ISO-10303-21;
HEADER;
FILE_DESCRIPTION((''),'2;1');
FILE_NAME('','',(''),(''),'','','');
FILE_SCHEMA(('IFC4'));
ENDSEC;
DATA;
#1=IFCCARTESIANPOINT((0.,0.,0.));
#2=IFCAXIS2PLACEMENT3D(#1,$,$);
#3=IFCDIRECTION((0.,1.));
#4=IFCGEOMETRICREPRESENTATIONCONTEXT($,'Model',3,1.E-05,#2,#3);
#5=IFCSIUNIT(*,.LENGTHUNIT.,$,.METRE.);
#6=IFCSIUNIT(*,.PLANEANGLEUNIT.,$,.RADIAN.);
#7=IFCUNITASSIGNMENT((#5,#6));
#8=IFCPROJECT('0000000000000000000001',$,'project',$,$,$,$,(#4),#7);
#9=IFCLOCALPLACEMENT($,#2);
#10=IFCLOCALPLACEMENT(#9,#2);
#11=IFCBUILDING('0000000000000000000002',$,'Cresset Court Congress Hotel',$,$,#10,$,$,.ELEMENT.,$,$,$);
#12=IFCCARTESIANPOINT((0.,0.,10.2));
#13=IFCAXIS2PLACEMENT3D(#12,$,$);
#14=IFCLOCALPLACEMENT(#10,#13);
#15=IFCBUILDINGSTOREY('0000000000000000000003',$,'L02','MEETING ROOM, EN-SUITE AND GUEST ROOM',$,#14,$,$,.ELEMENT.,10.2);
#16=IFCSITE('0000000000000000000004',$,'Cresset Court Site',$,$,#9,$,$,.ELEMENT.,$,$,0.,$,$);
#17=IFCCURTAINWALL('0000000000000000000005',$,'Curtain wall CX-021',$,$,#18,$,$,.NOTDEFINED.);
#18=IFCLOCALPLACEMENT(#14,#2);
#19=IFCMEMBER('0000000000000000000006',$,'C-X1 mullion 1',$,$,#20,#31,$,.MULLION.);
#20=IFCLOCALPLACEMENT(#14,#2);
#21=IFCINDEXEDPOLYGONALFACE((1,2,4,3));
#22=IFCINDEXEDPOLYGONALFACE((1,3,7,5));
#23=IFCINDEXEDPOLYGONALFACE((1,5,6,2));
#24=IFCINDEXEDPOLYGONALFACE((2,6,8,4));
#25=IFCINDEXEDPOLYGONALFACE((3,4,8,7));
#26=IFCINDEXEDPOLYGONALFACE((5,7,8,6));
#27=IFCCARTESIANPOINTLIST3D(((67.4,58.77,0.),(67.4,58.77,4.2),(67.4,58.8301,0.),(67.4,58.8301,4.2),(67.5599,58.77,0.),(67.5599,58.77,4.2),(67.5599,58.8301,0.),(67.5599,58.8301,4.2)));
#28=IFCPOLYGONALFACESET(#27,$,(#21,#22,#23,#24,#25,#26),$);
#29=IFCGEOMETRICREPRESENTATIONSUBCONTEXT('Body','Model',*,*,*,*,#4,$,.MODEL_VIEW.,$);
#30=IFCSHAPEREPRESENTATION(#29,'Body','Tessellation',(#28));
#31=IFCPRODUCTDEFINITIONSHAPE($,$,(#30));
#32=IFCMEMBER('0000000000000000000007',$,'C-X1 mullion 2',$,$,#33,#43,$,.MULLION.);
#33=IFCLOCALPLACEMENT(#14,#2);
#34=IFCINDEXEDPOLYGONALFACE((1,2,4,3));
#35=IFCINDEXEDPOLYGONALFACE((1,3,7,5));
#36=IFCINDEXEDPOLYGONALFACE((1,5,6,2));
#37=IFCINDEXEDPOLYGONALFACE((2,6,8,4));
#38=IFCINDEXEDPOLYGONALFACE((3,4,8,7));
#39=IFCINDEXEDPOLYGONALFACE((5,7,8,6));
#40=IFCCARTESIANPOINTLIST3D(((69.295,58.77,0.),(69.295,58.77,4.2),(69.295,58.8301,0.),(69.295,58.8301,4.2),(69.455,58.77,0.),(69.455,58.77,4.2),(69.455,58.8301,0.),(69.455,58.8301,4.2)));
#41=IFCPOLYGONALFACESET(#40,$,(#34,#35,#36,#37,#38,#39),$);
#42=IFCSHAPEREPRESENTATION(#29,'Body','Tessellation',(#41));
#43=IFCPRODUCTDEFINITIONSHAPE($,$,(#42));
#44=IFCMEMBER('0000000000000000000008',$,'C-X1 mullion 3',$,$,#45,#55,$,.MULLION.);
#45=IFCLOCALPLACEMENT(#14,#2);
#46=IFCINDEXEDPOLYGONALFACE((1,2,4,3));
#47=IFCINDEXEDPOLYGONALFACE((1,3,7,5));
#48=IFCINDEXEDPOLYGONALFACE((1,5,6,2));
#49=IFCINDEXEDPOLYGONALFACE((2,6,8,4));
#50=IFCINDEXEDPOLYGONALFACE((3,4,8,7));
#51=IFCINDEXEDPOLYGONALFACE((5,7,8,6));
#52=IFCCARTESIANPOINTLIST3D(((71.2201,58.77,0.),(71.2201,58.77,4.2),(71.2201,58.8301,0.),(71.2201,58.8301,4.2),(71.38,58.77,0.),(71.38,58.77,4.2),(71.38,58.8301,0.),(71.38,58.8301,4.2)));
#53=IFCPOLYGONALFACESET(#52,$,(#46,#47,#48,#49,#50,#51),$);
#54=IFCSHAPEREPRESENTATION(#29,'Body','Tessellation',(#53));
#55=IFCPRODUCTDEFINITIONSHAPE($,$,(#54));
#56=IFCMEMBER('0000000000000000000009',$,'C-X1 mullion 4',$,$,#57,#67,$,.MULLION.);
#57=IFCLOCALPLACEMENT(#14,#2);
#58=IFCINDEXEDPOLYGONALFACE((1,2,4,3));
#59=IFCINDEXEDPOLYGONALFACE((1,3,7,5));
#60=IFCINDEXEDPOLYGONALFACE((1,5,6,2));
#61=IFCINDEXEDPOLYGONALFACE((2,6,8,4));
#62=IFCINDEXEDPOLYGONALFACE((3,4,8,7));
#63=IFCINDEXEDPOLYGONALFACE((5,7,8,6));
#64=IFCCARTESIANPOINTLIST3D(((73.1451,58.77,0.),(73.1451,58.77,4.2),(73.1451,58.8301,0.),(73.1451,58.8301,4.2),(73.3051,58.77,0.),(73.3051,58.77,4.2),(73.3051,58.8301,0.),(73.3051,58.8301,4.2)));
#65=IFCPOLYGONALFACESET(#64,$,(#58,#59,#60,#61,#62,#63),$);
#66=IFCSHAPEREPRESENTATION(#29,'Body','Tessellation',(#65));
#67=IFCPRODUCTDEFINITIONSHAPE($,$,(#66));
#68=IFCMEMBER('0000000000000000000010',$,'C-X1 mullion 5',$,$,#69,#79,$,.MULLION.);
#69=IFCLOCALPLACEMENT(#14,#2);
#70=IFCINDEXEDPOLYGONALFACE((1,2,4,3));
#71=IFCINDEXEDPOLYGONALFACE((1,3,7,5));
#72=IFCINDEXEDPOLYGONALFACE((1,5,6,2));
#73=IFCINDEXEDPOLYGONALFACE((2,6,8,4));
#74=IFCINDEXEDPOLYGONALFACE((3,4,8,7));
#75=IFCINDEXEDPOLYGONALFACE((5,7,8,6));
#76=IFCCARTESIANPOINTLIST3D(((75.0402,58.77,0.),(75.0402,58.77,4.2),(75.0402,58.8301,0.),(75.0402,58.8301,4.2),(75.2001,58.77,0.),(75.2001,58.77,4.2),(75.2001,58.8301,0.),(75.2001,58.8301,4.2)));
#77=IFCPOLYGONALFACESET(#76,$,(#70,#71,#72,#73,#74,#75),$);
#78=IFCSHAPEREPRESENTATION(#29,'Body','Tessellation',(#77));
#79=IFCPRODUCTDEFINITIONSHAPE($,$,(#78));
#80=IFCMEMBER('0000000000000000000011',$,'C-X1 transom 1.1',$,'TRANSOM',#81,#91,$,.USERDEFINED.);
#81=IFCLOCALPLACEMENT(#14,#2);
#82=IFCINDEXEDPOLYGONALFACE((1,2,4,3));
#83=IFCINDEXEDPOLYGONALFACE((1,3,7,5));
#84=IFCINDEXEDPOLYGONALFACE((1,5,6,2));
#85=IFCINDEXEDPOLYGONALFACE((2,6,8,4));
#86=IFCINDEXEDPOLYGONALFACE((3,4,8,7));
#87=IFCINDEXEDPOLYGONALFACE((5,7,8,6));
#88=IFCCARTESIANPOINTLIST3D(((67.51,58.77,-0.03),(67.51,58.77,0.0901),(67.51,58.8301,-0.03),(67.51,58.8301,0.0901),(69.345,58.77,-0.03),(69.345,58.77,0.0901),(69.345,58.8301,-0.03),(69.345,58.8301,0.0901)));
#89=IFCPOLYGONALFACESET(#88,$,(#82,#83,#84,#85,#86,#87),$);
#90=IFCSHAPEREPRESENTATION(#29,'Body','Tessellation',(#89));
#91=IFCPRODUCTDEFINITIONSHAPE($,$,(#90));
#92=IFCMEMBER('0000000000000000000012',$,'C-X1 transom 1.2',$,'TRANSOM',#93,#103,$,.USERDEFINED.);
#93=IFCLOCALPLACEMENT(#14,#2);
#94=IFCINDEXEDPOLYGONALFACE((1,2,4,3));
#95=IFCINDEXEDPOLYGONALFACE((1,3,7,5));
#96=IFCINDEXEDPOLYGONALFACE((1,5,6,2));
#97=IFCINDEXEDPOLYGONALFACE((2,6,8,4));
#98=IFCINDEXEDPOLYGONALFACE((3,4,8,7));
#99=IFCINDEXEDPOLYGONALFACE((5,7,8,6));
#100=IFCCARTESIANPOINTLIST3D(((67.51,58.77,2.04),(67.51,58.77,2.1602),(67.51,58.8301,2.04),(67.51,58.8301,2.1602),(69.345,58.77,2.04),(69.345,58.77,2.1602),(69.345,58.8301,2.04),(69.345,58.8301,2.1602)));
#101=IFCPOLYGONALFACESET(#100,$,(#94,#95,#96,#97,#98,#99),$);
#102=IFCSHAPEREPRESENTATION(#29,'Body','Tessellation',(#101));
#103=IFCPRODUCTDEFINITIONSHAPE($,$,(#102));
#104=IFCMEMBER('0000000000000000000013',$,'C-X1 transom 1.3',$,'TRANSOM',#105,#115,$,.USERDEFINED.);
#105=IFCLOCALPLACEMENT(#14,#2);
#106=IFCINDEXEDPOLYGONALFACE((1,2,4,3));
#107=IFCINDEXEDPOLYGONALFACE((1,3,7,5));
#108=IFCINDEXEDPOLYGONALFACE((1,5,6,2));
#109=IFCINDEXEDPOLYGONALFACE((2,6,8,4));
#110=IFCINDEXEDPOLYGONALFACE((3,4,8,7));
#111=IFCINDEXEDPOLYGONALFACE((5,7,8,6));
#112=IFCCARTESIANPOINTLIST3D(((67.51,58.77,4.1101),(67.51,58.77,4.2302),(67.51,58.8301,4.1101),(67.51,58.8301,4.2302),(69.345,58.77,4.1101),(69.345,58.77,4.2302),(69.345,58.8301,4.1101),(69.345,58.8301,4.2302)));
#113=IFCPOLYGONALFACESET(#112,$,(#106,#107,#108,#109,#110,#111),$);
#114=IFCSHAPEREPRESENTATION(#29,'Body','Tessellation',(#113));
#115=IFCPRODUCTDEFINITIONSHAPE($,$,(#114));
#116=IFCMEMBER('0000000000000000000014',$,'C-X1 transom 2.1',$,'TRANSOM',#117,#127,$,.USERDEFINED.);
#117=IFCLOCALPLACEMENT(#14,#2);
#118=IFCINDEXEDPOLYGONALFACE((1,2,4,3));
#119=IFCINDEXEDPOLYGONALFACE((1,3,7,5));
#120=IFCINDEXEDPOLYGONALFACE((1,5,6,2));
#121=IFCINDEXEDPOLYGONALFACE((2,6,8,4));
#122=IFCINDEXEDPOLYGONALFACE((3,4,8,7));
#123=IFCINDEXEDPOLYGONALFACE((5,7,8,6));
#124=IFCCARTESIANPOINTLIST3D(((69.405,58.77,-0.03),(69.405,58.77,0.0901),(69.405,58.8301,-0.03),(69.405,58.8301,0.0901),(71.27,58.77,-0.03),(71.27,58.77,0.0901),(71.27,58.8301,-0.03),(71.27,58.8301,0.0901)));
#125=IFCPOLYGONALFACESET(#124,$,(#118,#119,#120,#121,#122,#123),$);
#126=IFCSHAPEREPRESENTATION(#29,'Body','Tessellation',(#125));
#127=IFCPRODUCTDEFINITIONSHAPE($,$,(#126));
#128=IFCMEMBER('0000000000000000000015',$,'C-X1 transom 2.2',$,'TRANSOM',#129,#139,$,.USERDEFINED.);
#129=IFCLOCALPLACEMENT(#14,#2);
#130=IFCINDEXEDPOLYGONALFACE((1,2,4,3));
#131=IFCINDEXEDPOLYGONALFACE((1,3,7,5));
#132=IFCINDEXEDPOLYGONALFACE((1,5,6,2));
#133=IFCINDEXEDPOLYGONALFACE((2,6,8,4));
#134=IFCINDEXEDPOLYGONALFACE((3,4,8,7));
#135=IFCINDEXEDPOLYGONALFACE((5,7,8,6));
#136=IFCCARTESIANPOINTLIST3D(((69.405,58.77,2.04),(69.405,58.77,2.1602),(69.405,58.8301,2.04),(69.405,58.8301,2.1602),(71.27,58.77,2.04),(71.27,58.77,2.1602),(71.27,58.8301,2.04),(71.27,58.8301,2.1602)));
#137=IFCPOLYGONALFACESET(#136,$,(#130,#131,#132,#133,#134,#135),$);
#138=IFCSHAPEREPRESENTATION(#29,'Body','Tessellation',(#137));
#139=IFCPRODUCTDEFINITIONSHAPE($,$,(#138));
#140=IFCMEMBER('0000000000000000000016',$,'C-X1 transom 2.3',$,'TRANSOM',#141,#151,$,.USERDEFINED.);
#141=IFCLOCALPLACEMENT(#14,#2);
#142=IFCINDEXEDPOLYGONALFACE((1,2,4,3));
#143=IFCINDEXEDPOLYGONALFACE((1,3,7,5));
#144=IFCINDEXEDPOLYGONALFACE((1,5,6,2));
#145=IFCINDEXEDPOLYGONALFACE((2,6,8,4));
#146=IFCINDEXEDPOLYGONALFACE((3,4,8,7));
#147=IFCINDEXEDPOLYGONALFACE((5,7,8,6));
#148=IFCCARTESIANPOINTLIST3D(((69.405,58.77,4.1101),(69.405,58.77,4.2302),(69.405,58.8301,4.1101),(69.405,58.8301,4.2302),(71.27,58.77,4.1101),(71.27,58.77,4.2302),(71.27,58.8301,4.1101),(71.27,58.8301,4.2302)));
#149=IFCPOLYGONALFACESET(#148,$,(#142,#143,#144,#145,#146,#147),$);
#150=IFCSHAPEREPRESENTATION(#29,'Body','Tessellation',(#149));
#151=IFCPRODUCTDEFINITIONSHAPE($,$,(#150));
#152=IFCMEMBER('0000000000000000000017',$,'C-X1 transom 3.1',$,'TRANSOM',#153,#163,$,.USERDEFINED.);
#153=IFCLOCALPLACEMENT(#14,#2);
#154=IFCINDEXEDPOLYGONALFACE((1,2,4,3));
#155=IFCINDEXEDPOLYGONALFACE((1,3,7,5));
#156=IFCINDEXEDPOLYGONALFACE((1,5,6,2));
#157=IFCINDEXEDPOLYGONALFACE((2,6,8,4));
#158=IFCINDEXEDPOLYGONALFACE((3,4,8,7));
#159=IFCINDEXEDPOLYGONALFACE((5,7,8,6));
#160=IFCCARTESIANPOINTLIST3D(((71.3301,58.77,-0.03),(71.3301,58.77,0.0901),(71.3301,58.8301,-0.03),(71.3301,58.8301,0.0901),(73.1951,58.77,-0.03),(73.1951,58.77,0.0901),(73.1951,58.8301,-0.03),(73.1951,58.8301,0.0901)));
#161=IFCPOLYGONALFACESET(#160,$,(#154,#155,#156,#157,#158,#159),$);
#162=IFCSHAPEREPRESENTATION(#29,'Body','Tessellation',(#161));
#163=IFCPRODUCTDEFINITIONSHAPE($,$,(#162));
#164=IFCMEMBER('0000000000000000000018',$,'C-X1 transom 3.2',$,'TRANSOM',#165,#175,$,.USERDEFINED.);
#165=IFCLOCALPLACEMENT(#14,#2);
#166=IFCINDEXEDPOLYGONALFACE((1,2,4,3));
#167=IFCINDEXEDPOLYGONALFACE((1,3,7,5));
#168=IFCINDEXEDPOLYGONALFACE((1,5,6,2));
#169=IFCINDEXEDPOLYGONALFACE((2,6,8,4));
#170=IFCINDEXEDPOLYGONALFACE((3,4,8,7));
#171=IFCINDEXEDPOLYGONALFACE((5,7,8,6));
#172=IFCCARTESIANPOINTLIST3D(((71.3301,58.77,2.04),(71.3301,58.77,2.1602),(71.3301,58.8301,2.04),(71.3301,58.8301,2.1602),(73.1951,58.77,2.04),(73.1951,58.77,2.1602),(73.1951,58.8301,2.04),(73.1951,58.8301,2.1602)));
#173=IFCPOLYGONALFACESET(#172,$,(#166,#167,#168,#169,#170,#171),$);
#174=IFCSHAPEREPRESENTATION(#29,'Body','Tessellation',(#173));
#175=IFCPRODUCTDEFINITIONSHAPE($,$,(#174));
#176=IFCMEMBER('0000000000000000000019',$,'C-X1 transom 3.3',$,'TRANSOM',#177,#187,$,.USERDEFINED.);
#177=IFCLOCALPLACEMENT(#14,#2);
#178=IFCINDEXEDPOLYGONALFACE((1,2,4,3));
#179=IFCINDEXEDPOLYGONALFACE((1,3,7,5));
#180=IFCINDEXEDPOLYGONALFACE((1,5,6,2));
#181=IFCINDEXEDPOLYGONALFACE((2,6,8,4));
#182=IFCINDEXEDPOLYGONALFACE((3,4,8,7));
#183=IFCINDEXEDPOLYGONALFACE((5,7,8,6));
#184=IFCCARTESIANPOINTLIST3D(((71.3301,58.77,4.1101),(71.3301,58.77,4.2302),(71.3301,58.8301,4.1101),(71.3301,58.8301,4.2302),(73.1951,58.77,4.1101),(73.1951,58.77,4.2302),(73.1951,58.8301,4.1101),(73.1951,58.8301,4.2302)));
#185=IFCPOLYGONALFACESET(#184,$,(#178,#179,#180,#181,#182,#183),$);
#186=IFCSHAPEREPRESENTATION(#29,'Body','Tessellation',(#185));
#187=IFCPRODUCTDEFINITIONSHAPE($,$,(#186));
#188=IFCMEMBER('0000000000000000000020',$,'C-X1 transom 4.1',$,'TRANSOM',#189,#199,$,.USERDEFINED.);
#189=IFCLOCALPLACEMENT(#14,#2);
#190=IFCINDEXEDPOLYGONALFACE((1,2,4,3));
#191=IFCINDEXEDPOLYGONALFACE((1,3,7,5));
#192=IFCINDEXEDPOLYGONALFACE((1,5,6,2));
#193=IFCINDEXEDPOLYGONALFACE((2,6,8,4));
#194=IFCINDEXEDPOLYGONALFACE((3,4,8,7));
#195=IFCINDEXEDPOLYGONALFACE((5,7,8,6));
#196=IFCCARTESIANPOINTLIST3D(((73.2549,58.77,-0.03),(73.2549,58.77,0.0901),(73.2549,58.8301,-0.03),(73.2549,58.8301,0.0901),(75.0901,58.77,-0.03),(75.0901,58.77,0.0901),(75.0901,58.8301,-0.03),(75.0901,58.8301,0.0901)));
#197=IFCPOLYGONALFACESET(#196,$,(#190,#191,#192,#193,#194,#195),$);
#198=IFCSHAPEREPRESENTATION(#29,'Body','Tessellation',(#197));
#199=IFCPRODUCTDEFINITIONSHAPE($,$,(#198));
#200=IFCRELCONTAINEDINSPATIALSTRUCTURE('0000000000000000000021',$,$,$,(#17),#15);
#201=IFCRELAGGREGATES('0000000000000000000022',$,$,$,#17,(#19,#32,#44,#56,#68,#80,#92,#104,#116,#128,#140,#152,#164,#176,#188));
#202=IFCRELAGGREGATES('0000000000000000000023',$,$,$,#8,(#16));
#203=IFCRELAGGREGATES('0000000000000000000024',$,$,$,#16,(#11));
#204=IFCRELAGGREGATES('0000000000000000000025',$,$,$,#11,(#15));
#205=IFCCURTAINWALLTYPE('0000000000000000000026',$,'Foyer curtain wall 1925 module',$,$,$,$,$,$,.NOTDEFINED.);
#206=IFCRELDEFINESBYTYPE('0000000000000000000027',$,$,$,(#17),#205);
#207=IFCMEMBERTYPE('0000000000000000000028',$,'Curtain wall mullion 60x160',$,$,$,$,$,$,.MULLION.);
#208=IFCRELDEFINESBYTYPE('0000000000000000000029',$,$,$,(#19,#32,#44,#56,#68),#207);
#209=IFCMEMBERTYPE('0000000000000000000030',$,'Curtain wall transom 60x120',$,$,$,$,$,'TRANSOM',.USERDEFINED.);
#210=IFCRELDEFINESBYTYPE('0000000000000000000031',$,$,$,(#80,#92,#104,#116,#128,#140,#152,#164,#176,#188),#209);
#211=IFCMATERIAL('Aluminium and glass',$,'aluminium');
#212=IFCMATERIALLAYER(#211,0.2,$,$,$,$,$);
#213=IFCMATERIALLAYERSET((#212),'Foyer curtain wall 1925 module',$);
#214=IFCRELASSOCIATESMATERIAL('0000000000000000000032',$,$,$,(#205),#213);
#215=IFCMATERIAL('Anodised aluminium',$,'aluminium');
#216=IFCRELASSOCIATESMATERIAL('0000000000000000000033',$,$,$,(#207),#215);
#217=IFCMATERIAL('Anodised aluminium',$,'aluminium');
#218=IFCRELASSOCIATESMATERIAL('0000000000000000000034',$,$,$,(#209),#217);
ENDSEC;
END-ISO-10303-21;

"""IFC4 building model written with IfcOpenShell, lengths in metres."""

from ifc_helpers import new_model, si_unit, direction, frame, origin, origin_2d, place, context, subcontext, project, spatial, rectangle, extrude, material, layer, layer_set, material_profile, profile_set, type_object, element, aggregate, save


model = new_model("IFC4")

# Units and contexts
model_context = context("Model", 3, precision=1e-05, world=origin(), true_north=direction((0.0, 1.0)))
body_context = subcontext(model_context, "Body", "Model", "MODEL_VIEW")
ifc_project = project(units=[si_unit("LENGTHUNIT", "METRE"), si_unit("PLANEANGLEUNIT", "RADIAN")], contexts=[model_context])

# Site, building, storey
site_placement = place(None, origin())
site = spatial("IfcSite", under=ifc_project, at=site_placement, Name="Cresset Court Site", CompositionType="ELEMENT", RefElevation=0.0)
building_placement = place(site_placement, origin())
building = spatial("IfcBuilding", under=site, at=building_placement, Name="Cresset Court Congress Hotel", CompositionType="ELEMENT")
storey_placement = place(building_placement, frame((0.0, 0.0, 10.2)))
storey = spatial("IfcBuildingStorey", under=building, at=storey_placement, Name="L02", Description="MEETING ROOM, EN-SUITE AND GUEST ROOM", CompositionType="ELEMENT", Elevation=10.2)

# Curtain wall, members
ifc_material_1 = material(Name="Aluminium and glass", Category="aluminium")
ifc_layer_1 = layer(ifc_material_1, 0.2)
ifc_layer_set_1 = layer_set([ifc_layer_1], Name="Foyer curtain wall 1925 module")
curtain_wall_type = type_object("IfcCurtainWallType", Name="Foyer curtain wall 1925 module", PredefinedType="NOTDEFINED", material=ifc_layer_set_1)
curtain_wall_placement = place(storey_placement, origin())
curtain_wall = element("IfcCurtainWall", 1, at=curtain_wall_placement, inside=storey, type_object=curtain_wall_type, Name="Curtain wall CX-021", PredefinedType="NOTDEFINED")
ifc_material_2 = material(Name="Anodised aluminium", Category="aluminium")
ifc_material_profile_1 = material_profile(ifc_material_2, rectangle(XDim=0.0601, YDim=0.1599, at=origin_2d()), Name="AL60x160")
ifc_profile_set_1 = profile_set([ifc_material_profile_1], Name="Anodised aluminium")
member_type_1 = type_object("IfcMemberType", Name="Curtain wall mullion 60x160", PredefinedType="MULLION", material=ifc_profile_set_1)
member_1_placement = place(storey_placement, frame((67.48, 58.8, 0.0), z_axis=(0.0, 0.0, 1.0), x_axis=(0.0, 1.0, 0.0)))
member_1 = element("IfcMember", 2, at=member_1_placement, type_object=member_type_1, Name="C-X1 mullion 1", PredefinedType="MULLION", context=body_context, shape_type="SweptSolid", body=[
    extrude(rectangle(XDim=0.0601, YDim=0.1599, at=origin_2d()), origin(), (0.0, 0.0, 1.0), 4.2),
])
member_2_placement = place(storey_placement, frame((69.375, 58.8, 0.0), z_axis=(0.0, 0.0, 1.0), x_axis=(0.0, 1.0, 0.0)))
member_2 = element("IfcMember", 3, at=member_2_placement, type_object=member_type_1, Name="C-X1 mullion 2", PredefinedType="MULLION", context=body_context, shape_type="SweptSolid", body=[
    extrude(rectangle(XDim=0.0601, YDim=0.1599, at=origin_2d()), origin(), (0.0, 0.0, 1.0), 4.2),
])
member_3_placement = place(storey_placement, frame((71.3, 58.8, 0.0), z_axis=(0.0, 0.0, 1.0), x_axis=(0.0, 1.0, 0.0)))
member_3 = element("IfcMember", 4, at=member_3_placement, type_object=member_type_1, Name="C-X1 mullion 3", PredefinedType="MULLION", context=body_context, shape_type="SweptSolid", body=[
    extrude(rectangle(XDim=0.0601, YDim=0.1599, at=origin_2d()), origin(), (0.0, 0.0, 1.0), 4.2),
])
member_4_placement = place(storey_placement, frame((73.2251, 58.8, 0.0), z_axis=(0.0, 0.0, 1.0), x_axis=(0.0, 1.0, 0.0)))
member_4 = element("IfcMember", 5, at=member_4_placement, type_object=member_type_1, Name="C-X1 mullion 4", PredefinedType="MULLION", context=body_context, shape_type="SweptSolid", body=[
    extrude(rectangle(XDim=0.0601, YDim=0.1599, at=origin_2d()), origin(), (0.0, 0.0, 1.0), 4.2),
])
member_5_placement = place(storey_placement, frame((75.1201, 58.8, 0.0), z_axis=(0.0, 0.0, 1.0), x_axis=(0.0, 1.0, 0.0)))
member_5 = element("IfcMember", 6, at=member_5_placement, type_object=member_type_1, Name="C-X1 mullion 5", PredefinedType="MULLION", context=body_context, shape_type="SweptSolid", body=[
    extrude(rectangle(XDim=0.0601, YDim=0.1599, at=origin_2d()), origin(), (0.0, 0.0, 1.0), 4.2),
])
ifc_material_3 = material(Name="Anodised aluminium", Category="aluminium")
ifc_material_profile_2 = material_profile(ifc_material_3, rectangle(XDim=0.0601, YDim=0.1201, at=origin_2d()), Name="AL60x120")
ifc_profile_set_2 = profile_set([ifc_material_profile_2], Name="Anodised aluminium")
member_type_2 = type_object("IfcMemberType", Name="Curtain wall transom 60x120", ElementType="TRANSOM", PredefinedType="USERDEFINED", material=ifc_profile_set_2)
member_6_placement = place(storey_placement, frame((67.51, 58.8, 0.03), z_axis=(1.0, 0.0, 0.0), x_axis=(0.0, 1.0, 0.0)))
member_6 = element("IfcMember", 7, at=member_6_placement, type_object=member_type_2, Name="C-X1 transom 1.1", ObjectType="TRANSOM", PredefinedType="USERDEFINED", context=body_context, shape_type="SweptSolid", body=[
    extrude(rectangle(XDim=0.0601, YDim=0.1201, at=origin_2d()), origin(), (0.0, 0.0, 1.0), 1.835),
])
member_7_placement = place(storey_placement, frame((67.51, 58.8, 2.1001), z_axis=(1.0, 0.0, 0.0), x_axis=(0.0, 1.0, 0.0)))
member_7 = element("IfcMember", 8, at=member_7_placement, type_object=member_type_2, Name="C-X1 transom 1.2", ObjectType="TRANSOM", PredefinedType="USERDEFINED", context=body_context, shape_type="SweptSolid", body=[
    extrude(rectangle(XDim=0.0601, YDim=0.1201, at=origin_2d()), origin(), (0.0, 0.0, 1.0), 1.835),
])
member_8_placement = place(storey_placement, frame((67.51, 58.8, 4.1702), z_axis=(1.0, 0.0, 0.0), x_axis=(0.0, 1.0, 0.0)))
member_8 = element("IfcMember", 9, at=member_8_placement, type_object=member_type_2, Name="C-X1 transom 1.3", ObjectType="TRANSOM", PredefinedType="USERDEFINED", context=body_context, shape_type="SweptSolid", body=[
    extrude(rectangle(XDim=0.0601, YDim=0.1201, at=origin_2d()), origin(), (0.0, 0.0, 1.0), 1.835),
])
member_9_placement = place(storey_placement, frame((69.405, 58.8, 0.03), z_axis=(1.0, 0.0, 0.0), x_axis=(0.0, 1.0, 0.0)))
member_9 = element("IfcMember", 10, at=member_9_placement, type_object=member_type_2, Name="C-X1 transom 2.1", ObjectType="TRANSOM", PredefinedType="USERDEFINED", context=body_context, shape_type="SweptSolid", body=[
    extrude(rectangle(XDim=0.0601, YDim=0.1201, at=origin_2d()), origin(), (0.0, 0.0, 1.0), 1.865),
])
member_10_placement = place(storey_placement, frame((69.405, 58.8, 2.1001), z_axis=(1.0, 0.0, 0.0), x_axis=(0.0, 1.0, 0.0)))
member_10 = element("IfcMember", 11, at=member_10_placement, type_object=member_type_2, Name="C-X1 transom 2.2", ObjectType="TRANSOM", PredefinedType="USERDEFINED", context=body_context, shape_type="SweptSolid", body=[
    extrude(rectangle(XDim=0.0601, YDim=0.1201, at=origin_2d()), origin(), (0.0, 0.0, 1.0), 1.865),
])
member_11_placement = place(storey_placement, frame((69.405, 58.8, 4.1702), z_axis=(1.0, 0.0, 0.0), x_axis=(0.0, 1.0, 0.0)))
member_11 = element("IfcMember", 12, at=member_11_placement, type_object=member_type_2, Name="C-X1 transom 2.3", ObjectType="TRANSOM", PredefinedType="USERDEFINED", context=body_context, shape_type="SweptSolid", body=[
    extrude(rectangle(XDim=0.0601, YDim=0.1201, at=origin_2d()), origin(), (0.0, 0.0, 1.0), 1.865),
])
member_12_placement = place(storey_placement, frame((71.3301, 58.8, 0.03), z_axis=(1.0, 0.0, 0.0), x_axis=(0.0, 1.0, 0.0)))
member_12 = element("IfcMember", 13, at=member_12_placement, type_object=member_type_2, Name="C-X1 transom 3.1", ObjectType="TRANSOM", PredefinedType="USERDEFINED", context=body_context, shape_type="SweptSolid", body=[
    extrude(rectangle(XDim=0.0601, YDim=0.1201, at=origin_2d()), origin(), (0.0, 0.0, 1.0), 1.865),
])
member_13_placement = place(storey_placement, frame((71.3301, 58.8, 2.1001), z_axis=(1.0, 0.0, 0.0), x_axis=(0.0, 1.0, 0.0)))
member_13 = element("IfcMember", 14, at=member_13_placement, type_object=member_type_2, Name="C-X1 transom 3.2", ObjectType="TRANSOM", PredefinedType="USERDEFINED", context=body_context, shape_type="SweptSolid", body=[
    extrude(rectangle(XDim=0.0601, YDim=0.1201, at=origin_2d()), origin(), (0.0, 0.0, 1.0), 1.865),
])
member_14_placement = place(storey_placement, frame((71.3301, 58.8, 4.1702), z_axis=(1.0, 0.0, 0.0), x_axis=(0.0, 1.0, 0.0)))
member_14 = element("IfcMember", 15, at=member_14_placement, type_object=member_type_2, Name="C-X1 transom 3.3", ObjectType="TRANSOM", PredefinedType="USERDEFINED", context=body_context, shape_type="SweptSolid", body=[
    extrude(rectangle(XDim=0.0601, YDim=0.1201, at=origin_2d()), origin(), (0.0, 0.0, 1.0), 1.865),
])
member_15_placement = place(storey_placement, frame((73.2549, 58.8, 0.03), z_axis=(1.0, 0.0, 0.0), x_axis=(0.0, 1.0, 0.0)))
member_15 = element("IfcMember", 16, at=member_15_placement, type_object=member_type_2, Name="C-X1 transom 4.1", ObjectType="TRANSOM", PredefinedType="USERDEFINED", context=body_context, shape_type="SweptSolid", body=[
    extrude(rectangle(XDim=0.0601, YDim=0.1201, at=origin_2d()), origin(), (0.0, 0.0, 1.0), 1.8352),
])
aggregate(curtain_wall, [member_1, member_2, member_3, member_4, member_5, member_6, member_7, member_8, member_9, member_10, member_11, member_12, member_13, member_14, member_15])

save(model, "model.ifc")
